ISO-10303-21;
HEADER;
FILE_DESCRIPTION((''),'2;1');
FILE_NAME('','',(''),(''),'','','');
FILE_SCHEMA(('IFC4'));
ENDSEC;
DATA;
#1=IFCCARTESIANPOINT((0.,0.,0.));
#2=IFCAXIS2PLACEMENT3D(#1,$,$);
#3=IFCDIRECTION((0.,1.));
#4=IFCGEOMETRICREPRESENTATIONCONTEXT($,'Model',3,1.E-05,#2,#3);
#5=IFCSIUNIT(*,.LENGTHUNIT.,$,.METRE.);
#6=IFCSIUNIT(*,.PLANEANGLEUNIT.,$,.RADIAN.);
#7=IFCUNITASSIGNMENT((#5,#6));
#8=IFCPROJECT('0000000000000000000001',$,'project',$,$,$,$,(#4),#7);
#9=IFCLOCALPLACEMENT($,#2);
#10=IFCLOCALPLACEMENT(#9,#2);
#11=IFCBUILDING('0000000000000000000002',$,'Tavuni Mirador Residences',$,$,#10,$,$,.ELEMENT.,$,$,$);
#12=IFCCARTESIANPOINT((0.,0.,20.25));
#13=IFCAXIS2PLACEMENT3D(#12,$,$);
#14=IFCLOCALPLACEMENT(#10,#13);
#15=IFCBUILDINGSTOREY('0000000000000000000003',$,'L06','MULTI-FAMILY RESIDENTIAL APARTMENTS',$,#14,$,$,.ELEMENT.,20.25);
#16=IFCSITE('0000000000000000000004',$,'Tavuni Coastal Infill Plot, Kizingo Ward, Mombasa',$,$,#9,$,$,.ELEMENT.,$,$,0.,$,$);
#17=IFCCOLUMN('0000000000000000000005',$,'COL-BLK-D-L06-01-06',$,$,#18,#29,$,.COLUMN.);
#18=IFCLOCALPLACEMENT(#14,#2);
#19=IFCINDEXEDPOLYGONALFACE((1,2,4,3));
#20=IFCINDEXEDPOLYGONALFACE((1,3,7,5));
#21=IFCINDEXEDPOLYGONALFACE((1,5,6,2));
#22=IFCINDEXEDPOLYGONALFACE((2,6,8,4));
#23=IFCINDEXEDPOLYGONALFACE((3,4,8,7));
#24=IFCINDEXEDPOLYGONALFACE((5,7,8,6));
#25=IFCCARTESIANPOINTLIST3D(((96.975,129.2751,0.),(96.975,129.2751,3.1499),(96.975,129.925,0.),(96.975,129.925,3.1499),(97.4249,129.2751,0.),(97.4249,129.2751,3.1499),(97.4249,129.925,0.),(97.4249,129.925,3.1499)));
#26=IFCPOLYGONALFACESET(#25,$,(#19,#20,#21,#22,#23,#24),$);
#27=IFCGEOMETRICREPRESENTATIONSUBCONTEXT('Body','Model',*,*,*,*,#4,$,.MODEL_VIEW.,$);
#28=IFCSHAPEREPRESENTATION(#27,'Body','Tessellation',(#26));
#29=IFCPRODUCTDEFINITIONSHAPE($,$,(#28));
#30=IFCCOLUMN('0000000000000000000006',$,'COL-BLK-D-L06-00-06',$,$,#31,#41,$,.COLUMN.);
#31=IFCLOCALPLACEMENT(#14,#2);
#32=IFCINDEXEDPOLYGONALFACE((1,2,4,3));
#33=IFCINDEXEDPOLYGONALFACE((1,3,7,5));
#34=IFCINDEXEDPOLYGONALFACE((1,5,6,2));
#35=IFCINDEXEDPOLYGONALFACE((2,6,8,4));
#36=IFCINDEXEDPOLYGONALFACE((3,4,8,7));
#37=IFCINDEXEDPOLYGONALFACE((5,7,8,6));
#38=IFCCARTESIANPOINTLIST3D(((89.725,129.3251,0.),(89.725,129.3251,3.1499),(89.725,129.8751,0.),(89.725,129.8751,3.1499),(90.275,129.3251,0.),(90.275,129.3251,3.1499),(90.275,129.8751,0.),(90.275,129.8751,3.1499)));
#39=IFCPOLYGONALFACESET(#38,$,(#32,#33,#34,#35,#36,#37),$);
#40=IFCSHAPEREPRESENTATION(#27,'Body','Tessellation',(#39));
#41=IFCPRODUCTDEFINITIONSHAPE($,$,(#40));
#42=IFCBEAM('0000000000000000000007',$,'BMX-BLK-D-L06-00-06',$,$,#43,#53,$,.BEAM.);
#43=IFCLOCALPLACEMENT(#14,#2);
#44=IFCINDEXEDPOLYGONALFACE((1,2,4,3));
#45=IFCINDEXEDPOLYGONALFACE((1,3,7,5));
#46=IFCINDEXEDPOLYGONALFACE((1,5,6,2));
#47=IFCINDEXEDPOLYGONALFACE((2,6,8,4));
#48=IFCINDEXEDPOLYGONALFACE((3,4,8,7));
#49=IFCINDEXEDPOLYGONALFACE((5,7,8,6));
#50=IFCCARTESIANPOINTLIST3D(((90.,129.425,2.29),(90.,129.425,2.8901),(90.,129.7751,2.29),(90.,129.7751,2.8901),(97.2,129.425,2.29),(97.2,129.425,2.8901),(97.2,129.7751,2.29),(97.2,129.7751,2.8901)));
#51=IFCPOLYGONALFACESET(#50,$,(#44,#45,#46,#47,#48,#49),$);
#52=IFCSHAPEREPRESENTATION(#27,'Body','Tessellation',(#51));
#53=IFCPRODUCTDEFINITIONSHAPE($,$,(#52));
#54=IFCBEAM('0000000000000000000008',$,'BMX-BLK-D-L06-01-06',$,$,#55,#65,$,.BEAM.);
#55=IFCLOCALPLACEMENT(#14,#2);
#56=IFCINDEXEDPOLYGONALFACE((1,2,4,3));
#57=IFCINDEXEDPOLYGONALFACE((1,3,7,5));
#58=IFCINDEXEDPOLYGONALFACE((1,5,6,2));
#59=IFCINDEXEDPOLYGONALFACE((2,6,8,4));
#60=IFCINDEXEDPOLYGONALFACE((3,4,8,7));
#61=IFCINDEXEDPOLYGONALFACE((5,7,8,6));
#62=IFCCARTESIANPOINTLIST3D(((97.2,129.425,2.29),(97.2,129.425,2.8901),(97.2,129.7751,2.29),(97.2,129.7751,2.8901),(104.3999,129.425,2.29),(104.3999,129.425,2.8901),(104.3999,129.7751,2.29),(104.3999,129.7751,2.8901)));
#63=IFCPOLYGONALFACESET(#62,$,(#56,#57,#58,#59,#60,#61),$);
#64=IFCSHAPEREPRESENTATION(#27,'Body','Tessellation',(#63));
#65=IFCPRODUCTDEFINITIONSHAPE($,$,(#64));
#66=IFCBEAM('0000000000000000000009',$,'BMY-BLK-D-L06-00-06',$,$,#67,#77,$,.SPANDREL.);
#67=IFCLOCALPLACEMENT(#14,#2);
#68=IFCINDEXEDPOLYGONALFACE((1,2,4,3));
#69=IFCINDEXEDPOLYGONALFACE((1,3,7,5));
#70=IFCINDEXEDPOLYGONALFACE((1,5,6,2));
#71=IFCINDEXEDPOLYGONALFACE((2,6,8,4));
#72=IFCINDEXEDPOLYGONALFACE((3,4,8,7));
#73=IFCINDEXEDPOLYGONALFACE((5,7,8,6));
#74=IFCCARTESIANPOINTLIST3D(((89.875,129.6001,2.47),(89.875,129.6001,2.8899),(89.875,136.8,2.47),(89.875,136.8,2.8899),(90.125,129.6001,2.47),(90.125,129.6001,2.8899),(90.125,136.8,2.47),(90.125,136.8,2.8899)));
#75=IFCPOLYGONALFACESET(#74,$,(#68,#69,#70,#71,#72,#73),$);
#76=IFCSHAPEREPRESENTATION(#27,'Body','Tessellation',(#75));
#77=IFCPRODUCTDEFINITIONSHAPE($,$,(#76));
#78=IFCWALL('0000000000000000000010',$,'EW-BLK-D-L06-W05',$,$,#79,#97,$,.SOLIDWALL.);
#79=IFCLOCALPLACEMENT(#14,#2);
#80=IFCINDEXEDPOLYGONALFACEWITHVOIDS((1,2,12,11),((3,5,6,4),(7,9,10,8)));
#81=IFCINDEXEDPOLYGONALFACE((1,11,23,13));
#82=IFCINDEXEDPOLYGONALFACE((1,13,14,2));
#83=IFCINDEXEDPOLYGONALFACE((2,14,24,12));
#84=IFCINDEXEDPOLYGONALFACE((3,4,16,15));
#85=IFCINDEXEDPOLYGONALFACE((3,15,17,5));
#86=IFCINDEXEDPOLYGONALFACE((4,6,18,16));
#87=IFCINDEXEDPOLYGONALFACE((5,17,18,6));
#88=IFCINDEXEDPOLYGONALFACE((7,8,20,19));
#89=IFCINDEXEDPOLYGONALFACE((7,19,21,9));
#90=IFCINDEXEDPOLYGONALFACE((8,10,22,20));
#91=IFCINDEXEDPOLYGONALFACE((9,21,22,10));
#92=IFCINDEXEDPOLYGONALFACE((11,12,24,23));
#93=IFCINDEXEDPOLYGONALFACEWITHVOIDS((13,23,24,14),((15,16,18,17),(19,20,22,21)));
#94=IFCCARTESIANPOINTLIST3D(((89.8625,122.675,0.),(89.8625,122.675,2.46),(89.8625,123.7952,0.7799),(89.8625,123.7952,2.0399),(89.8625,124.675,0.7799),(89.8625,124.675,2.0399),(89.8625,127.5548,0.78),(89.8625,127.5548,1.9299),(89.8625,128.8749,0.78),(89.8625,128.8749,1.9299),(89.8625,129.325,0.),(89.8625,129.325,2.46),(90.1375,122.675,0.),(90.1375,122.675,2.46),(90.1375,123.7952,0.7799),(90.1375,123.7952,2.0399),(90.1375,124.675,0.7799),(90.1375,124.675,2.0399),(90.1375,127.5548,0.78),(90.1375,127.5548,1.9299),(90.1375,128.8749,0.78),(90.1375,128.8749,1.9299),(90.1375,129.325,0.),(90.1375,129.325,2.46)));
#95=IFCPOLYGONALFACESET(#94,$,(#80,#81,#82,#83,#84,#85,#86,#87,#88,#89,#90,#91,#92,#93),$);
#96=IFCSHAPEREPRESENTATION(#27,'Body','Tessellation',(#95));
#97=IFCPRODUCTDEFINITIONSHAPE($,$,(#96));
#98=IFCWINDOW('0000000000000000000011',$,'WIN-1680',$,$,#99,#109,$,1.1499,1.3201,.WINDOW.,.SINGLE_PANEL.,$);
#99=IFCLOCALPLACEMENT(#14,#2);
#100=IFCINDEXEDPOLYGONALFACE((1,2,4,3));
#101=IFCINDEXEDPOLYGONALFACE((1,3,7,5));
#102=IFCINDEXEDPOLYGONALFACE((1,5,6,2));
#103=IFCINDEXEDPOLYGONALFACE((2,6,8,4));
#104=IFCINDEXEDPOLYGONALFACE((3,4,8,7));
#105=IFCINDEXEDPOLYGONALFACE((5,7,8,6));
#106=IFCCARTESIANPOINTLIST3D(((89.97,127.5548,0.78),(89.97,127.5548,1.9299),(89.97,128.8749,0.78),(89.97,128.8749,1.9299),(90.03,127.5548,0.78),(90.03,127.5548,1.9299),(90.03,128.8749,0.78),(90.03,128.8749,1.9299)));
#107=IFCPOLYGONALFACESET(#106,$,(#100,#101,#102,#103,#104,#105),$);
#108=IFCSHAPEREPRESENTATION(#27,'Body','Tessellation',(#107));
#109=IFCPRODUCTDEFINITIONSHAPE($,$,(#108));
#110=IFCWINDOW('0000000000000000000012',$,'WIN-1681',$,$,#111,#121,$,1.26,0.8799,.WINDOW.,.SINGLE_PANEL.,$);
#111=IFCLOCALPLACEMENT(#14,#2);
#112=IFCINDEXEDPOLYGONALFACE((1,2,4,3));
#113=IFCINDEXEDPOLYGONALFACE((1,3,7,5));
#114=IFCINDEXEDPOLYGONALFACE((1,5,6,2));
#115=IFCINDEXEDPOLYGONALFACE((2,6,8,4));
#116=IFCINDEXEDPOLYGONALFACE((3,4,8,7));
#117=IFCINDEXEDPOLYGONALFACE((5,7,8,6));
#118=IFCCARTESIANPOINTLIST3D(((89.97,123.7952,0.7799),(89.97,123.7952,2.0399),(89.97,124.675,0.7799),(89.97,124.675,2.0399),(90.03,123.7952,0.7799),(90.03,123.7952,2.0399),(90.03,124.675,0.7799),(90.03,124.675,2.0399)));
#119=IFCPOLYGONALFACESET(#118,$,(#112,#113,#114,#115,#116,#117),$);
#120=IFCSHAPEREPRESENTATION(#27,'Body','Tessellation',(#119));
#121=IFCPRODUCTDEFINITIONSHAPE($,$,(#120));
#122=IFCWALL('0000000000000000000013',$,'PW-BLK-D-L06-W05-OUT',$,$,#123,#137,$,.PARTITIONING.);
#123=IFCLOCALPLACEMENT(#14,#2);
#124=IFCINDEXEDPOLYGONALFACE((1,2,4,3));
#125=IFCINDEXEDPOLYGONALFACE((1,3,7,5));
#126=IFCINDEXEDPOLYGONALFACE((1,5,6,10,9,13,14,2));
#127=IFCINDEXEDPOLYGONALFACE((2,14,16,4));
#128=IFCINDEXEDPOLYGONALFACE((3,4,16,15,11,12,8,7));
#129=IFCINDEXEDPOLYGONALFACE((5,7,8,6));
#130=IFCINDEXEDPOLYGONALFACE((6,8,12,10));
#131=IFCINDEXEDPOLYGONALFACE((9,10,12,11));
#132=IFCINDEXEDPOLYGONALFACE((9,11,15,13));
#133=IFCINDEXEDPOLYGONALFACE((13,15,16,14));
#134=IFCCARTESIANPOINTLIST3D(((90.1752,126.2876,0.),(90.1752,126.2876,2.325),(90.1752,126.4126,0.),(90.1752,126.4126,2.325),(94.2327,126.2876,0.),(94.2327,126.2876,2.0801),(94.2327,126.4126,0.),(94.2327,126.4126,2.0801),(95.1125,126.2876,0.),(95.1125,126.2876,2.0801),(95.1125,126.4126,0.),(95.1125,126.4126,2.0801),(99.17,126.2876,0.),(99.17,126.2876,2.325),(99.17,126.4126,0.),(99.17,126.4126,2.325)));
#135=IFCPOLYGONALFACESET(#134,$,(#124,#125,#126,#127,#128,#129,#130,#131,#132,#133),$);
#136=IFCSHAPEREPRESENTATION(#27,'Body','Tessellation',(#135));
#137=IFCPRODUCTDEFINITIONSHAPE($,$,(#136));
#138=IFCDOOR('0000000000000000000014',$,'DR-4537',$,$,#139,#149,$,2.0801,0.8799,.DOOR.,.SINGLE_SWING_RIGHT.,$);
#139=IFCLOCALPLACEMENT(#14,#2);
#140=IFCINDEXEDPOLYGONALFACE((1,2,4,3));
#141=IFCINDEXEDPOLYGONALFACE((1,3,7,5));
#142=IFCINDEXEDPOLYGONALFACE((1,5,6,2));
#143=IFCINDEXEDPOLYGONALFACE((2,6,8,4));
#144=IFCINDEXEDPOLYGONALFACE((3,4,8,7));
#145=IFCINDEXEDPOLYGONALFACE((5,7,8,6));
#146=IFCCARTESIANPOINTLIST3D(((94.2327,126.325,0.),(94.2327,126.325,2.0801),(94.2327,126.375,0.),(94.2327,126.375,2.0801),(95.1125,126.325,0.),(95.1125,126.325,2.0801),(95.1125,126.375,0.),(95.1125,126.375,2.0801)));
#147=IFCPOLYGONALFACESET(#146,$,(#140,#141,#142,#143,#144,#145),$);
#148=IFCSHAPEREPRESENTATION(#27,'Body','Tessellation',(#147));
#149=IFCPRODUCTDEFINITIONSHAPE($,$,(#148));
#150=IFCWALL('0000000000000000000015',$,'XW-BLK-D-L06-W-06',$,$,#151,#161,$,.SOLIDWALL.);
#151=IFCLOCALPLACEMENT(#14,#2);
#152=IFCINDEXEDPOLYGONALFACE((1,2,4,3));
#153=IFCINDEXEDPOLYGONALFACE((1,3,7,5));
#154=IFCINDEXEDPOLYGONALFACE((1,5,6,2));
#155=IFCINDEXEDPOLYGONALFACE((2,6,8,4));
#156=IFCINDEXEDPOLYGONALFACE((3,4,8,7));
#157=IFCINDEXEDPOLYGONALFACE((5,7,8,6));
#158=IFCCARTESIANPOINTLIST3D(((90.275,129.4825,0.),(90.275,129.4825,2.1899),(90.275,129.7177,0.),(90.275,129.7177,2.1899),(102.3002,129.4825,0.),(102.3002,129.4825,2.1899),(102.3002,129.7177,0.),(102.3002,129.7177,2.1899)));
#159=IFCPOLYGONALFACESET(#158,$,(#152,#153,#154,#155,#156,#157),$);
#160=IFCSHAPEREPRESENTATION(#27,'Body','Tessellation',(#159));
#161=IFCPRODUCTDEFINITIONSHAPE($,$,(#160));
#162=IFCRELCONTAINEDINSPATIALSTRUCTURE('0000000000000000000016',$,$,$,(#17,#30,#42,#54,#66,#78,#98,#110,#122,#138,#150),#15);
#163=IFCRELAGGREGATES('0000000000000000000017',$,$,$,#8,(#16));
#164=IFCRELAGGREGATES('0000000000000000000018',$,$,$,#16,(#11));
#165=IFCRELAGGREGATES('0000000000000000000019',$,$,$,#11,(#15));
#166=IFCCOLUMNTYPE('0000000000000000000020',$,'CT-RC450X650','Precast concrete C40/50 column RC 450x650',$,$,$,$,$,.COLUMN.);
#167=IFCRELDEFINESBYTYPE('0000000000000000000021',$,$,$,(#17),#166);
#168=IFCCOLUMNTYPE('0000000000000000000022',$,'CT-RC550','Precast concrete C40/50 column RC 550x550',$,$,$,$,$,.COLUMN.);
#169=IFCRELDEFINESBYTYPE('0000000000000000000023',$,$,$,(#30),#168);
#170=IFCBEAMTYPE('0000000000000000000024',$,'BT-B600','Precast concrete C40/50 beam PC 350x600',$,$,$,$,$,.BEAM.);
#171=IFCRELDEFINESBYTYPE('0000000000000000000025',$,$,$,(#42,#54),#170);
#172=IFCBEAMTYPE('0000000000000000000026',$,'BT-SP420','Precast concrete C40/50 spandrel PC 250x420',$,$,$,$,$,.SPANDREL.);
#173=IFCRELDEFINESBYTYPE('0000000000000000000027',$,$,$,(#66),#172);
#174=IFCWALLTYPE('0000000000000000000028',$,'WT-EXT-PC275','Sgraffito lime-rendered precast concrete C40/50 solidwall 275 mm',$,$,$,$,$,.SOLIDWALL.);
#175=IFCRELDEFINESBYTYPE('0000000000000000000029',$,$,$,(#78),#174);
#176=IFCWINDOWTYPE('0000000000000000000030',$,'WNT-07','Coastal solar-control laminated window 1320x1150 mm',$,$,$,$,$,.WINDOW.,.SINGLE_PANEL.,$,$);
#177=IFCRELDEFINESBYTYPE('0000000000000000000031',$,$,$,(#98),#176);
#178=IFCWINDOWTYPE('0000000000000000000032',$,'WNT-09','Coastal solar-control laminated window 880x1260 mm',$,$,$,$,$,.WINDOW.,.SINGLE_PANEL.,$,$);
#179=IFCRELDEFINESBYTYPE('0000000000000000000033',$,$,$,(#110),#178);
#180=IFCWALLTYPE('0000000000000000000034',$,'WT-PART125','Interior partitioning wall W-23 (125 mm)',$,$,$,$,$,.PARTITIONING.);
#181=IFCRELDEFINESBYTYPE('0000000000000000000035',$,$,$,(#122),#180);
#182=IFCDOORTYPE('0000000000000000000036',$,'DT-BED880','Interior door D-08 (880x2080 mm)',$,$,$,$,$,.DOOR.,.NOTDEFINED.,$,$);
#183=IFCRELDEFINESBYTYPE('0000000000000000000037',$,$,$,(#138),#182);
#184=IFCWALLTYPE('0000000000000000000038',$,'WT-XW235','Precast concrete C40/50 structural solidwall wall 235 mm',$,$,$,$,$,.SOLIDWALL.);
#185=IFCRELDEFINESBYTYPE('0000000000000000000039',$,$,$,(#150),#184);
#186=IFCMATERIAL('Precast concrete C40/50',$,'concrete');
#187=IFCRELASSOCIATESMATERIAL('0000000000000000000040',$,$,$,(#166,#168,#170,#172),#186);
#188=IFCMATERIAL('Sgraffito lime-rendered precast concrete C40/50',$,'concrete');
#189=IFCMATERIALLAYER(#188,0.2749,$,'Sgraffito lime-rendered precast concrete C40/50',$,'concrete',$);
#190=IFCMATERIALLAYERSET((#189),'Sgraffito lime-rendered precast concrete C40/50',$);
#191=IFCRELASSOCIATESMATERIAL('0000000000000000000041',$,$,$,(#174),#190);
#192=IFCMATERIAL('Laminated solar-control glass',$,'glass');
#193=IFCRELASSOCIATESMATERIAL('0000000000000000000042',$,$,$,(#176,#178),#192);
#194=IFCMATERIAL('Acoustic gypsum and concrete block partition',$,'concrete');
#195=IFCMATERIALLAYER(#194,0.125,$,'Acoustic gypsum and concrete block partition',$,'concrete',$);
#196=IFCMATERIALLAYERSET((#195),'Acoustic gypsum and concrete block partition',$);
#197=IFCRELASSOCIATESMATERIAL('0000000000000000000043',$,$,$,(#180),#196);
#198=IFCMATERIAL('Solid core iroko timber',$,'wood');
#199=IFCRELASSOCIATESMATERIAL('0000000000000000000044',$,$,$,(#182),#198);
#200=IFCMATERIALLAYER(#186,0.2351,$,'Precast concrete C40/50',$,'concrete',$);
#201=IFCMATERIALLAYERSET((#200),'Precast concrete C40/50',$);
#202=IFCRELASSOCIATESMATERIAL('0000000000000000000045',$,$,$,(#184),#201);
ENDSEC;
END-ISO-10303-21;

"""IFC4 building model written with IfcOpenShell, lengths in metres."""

from ifc_helpers import new_model, si_unit, direction, frame, frame_2d, origin, origin_2d, place, context, subcontext, project, spatial, rectangle, extrude, material, layer, layer_set, material_profile, profile_set, type_object, element, fill, save


model = new_model("IFC4")

# Units and contexts
model_context = context("Model", 3, precision=1e-05, world=origin(), true_north=direction((0.0, 1.0)))
body_context = subcontext(model_context, "Body", "Model", "MODEL_VIEW")
ifc_project = project(units=[si_unit("LENGTHUNIT", "METRE"), si_unit("PLANEANGLEUNIT", "RADIAN")], contexts=[model_context])

# Site, building, storey
site_placement = place(None, origin())
site = spatial("IfcSite", under=ifc_project, at=site_placement, Name="Tavuni Coastal Infill Plot, Kizingo Ward, Mombasa", CompositionType="ELEMENT", RefElevation=0.0)
building_placement = place(site_placement, origin())
building = spatial("IfcBuilding", under=site, at=building_placement, Name="Tavuni Mirador Residences", CompositionType="ELEMENT")
storey_placement = place(building_placement, frame((0.0, 0.0, 20.25)))
storey = spatial("IfcBuildingStorey", under=building, at=storey_placement, Name="L06", Description="MULTI-FAMILY RESIDENTIAL APARTMENTS", CompositionType="ELEMENT", Elevation=20.25)

# Columns
ifc_material_1 = material(Name="Precast concrete C40/50", Category="concrete")
ifc_material_profile_1 = material_profile(ifc_material_1, rectangle(XDim=0.45, YDim=0.6499, at=origin_2d()), Name="RC 450x650", Category="concrete")
ifc_profile_set_1 = profile_set([ifc_material_profile_1], Name="Precast concrete C40/50")
column_type_1 = type_object("IfcColumnType", Name="CT-RC450X650", Description="Precast concrete C40/50 column RC 450x650", PredefinedType="COLUMN", material=ifc_profile_set_1)
column_1_placement = place(storey_placement, frame((97.2, 129.6001, 0.0), z_axis=(0.0, 0.0, 1.0), x_axis=(1.0, 0.0, 0.0)))
element("IfcColumn", 1, at=column_1_placement, inside=storey, type_object=column_type_1, Name="COL-BLK-D-L06-01-06", PredefinedType="COLUMN", context=body_context, shape_type="SweptSolid", body=[
    extrude(rectangle(XDim=0.45, YDim=0.6499, at=origin_2d()), origin(), (0.0, 0.0, 1.0), 3.1499),
])
ifc_material_profile_2 = material_profile(ifc_material_1, rectangle(XDim=0.55, YDim=0.55, at=origin_2d()), Name="RC 550x550", Category="concrete")
ifc_profile_set_2 = profile_set([ifc_material_profile_2], Name="Precast concrete C40/50")
column_type_2 = type_object("IfcColumnType", Name="CT-RC550", Description="Precast concrete C40/50 column RC 550x550", PredefinedType="COLUMN", material=ifc_profile_set_2)
column_2_placement = place(storey_placement, frame((90.0, 129.6001, 0.0), z_axis=(0.0, 0.0, 1.0), x_axis=(1.0, 0.0, 0.0)))
element("IfcColumn", 2, at=column_2_placement, inside=storey, type_object=column_type_2, Name="COL-BLK-D-L06-00-06", PredefinedType="COLUMN", context=body_context, shape_type="SweptSolid", body=[
    extrude(rectangle(XDim=0.55, YDim=0.55, at=origin_2d()), origin(), (0.0, 0.0, 1.0), 3.1499),
])

# Beams
ifc_material_profile_3 = material_profile(ifc_material_1, rectangle(XDim=0.3501, YDim=0.6001, at=origin_2d()), Name="PC 350x600", Category="concrete")
ifc_profile_set_3 = profile_set([ifc_material_profile_3], Name="Precast concrete C40/50")
beam_type_1 = type_object("IfcBeamType", Name="BT-B600", Description="Precast concrete C40/50 beam PC 350x600", PredefinedType="BEAM", material=ifc_profile_set_3)
for number, where, z_axis, x_axis, name in (
    (3, (90.0, 129.6001, 2.5901), (1.0, 0.0, 0.0), (0.0, 1.0, 0.0), "BMX-BLK-D-L06-00-06"),
    (4, (97.2, 129.6001, 2.5901), (1.0, 0.0, 0.0), (0.0, 1.0, 0.0), "BMX-BLK-D-L06-01-06"),
):
    element("IfcBeam", number, at=place(storey_placement, frame(where, z_axis=z_axis, x_axis=x_axis)), inside=storey, type_object=beam_type_1, Name=name, PredefinedType="BEAM", context=body_context, shape_type="SweptSolid", body=[
        extrude(rectangle(XDim=0.3501, YDim=0.6001, at=origin_2d()), origin(), (0.0, 0.0, 1.0), 7.2),
    ])
ifc_material_profile_4 = material_profile(ifc_material_1, rectangle(XDim=0.25, YDim=0.4199, at=origin_2d()), Name="PC 250x420", Category="concrete")
ifc_profile_set_4 = profile_set([ifc_material_profile_4], Name="Precast concrete C40/50")
beam_type_2 = type_object("IfcBeamType", Name="BT-SP420", Description="Precast concrete C40/50 spandrel PC 250x420", PredefinedType="SPANDREL", material=ifc_profile_set_4)
beam_placement = place(storey_placement, frame((90.0, 129.6001, 2.6799), z_axis=(0.0, 1.0, 0.0), x_axis=(-1.0, 0.0, 0.0)))
element("IfcBeam", 5, at=beam_placement, inside=storey, type_object=beam_type_2, Name="BMY-BLK-D-L06-00-06", PredefinedType="SPANDREL", context=body_context, shape_type="SweptSolid", body=[
    extrude(rectangle(XDim=0.25, YDim=0.4199, at=origin_2d()), origin(), (0.0, 0.0, 1.0), 7.2),
])

# Wall, openings, windows
ifc_material_2 = material(Name="Sgraffito lime-rendered precast concrete C40/50", Category="concrete")
ifc_layer_1 = layer(ifc_material_2, 0.2749, Name="Sgraffito lime-rendered precast concrete C40/50", Category="concrete")
ifc_layer_set_1 = layer_set([ifc_layer_1], Name="Sgraffito lime-rendered precast concrete C40/50")
wall_type_1 = type_object("IfcWallType", Name="WT-EXT-PC275", Description="Sgraffito lime-rendered precast concrete C40/50 solidwall 275 mm", PredefinedType="SOLIDWALL", material=ifc_layer_set_1)
wall_1_placement = place(storey_placement, frame((90.0, 129.325, 0.0), z_axis=(0.0, 0.0, 1.0), x_axis=(0.0, -1.0, 0.0)))
wall_1 = element("IfcWall", 6, at=wall_1_placement, inside=storey, type_object=wall_type_1, Name="EW-BLK-D-L06-W05", PredefinedType="SOLIDWALL", context=body_context, shape_type="SweptSolid", body=[
    extrude(rectangle(XDim=6.6499, YDim=0.2749, at=frame_2d((3.325, 0.0))), origin(), (0.0, 0.0, 1.0), 2.46),
])
opening_1_placement = place(wall_1_placement, frame((0.45, 0.0, 0.78)))
opening_1 = element("IfcOpeningElement", 7, at=opening_1_placement, cuts=wall_1, PredefinedType="OPENING", context=body_context, shape_type="SweptSolid", body=[
    extrude(rectangle(XDim=1.3201, YDim=1.1499, at=frame_2d((0.6602, 0.575))), frame((0.0, 0.1475, 0.0), z_axis=(0.0, -1.0, 0.0), x_axis=(1.0, 0.0, 0.0)), (0.0, 0.0, 1.0), 0.2949),
])
opening_2_placement = place(wall_1_placement, frame((4.6499, 0.0, 0.78)))
opening_2 = element("IfcOpeningElement", 8, at=opening_2_placement, cuts=wall_1, PredefinedType="OPENING", context=body_context, shape_type="SweptSolid", body=[
    extrude(rectangle(XDim=0.8799, YDim=1.26, at=frame_2d((0.4399, 0.6299))), frame((0.0, 0.1475, 0.0), z_axis=(0.0, -1.0, 0.0), x_axis=(1.0, 0.0, 0.0)), (0.0, 0.0, 1.0), 0.2949),
])
ifc_material_3 = material(Name="Laminated solar-control glass", Category="glass")
window_type_1 = type_object("IfcWindowType", Name="WNT-07", Description="Coastal solar-control laminated window 1320x1150 mm", PartitioningType="SINGLE_PANEL", PredefinedType="WINDOW", material=ifc_material_3)
window_1_placement = place(opening_1_placement, origin())
window_1 = element("IfcWindow", 9, at=window_1_placement, inside=storey, type_object=window_type_1, Name="WIN-1680", OverallHeight=1.1499, OverallWidth=1.3201, PartitioningType="SINGLE_PANEL", PredefinedType="WINDOW", context=body_context, shape_type="SweptSolid", body=[
    extrude(rectangle(XDim=1.3201, YDim=1.1499, at=frame_2d((0.6602, 0.575))), frame((0.0, 0.03, 0.0), z_axis=(0.0, -1.0, 0.0), x_axis=(1.0, 0.0, 0.0)), (0.0, 0.0, 1.0), 0.0601),
])
fill(opening_1, window_1)
window_type_2 = type_object("IfcWindowType", Name="WNT-09", Description="Coastal solar-control laminated window 880x1260 mm", PartitioningType="SINGLE_PANEL", PredefinedType="WINDOW", material=ifc_material_3)
window_2_placement = place(opening_2_placement, origin())
window_2 = element("IfcWindow", 10, at=window_2_placement, inside=storey, type_object=window_type_2, Name="WIN-1681", OverallHeight=1.26, OverallWidth=0.8799, PartitioningType="SINGLE_PANEL", PredefinedType="WINDOW", context=body_context, shape_type="SweptSolid", body=[
    extrude(rectangle(XDim=0.8799, YDim=1.26, at=frame_2d((0.4399, 0.6299))), frame((0.0, 0.03, 0.0), z_axis=(0.0, -1.0, 0.0), x_axis=(1.0, 0.0, 0.0)), (0.0, 0.0, 1.0), 0.0601),
])
fill(opening_2, window_2)

# Wall, opening, door
ifc_material_4 = material(Name="Acoustic gypsum and concrete block partition", Category="concrete")
ifc_layer_2 = layer(ifc_material_4, 0.125, Name="Acoustic gypsum and concrete block partition", Category="concrete")
ifc_layer_set_2 = layer_set([ifc_layer_2], Name="Acoustic gypsum and concrete block partition")
wall_type_2 = type_object("IfcWallType", Name="WT-PART125", Description="Interior partitioning wall W-23 (125 mm)", PredefinedType="PARTITIONING", material=ifc_layer_set_2)
wall_2_placement = place(storey_placement, frame((90.175, 126.3501, 0.0), z_axis=(0.0, 0.0, 1.0), x_axis=(1.0, 0.0, 0.0)))
wall_2 = element("IfcWall", 11, at=wall_2_placement, inside=storey, type_object=wall_type_2, Name="PW-BLK-D-L06-W05-OUT", PredefinedType="PARTITIONING", context=body_context, shape_type="SweptSolid", body=[
    extrude(rectangle(XDim=8.9949, YDim=0.125, at=frame_2d((4.4976, 0.0))), origin(), (0.0, 0.0, 1.0), 2.325),
])
opening_3_placement = place(wall_2_placement, frame((4.0576, 0.0, 0.0)))
opening_3 = element("IfcOpeningElement", 12, at=opening_3_placement, cuts=wall_2, PredefinedType="OPENING", context=body_context, shape_type="SweptSolid", body=[
    extrude(rectangle(XDim=0.8799, YDim=2.0801, at=frame_2d((0.4399, 1.04))), frame((0.0, 0.0725, 0.0), z_axis=(0.0, -1.0, 0.0), x_axis=(1.0, 0.0, 0.0)), (0.0, 0.0, 1.0), 0.145),
])
ifc_material_5 = material(Name="Solid core iroko timber", Category="wood")
door_type = type_object("IfcDoorType", Name="DT-BED880", Description="Interior door D-08 (880x2080 mm)", OperationType="NOTDEFINED", PredefinedType="DOOR", material=ifc_material_5)
door_placement = place(opening_3_placement, origin())
door = element("IfcDoor", 13, at=door_placement, inside=storey, type_object=door_type, Name="DR-4537", OperationType="SINGLE_SWING_RIGHT", OverallHeight=2.0801, OverallWidth=0.8799, PredefinedType="DOOR", context=body_context, shape_type="SweptSolid", body=[
    extrude(rectangle(XDim=0.8799, YDim=2.0801, at=frame_2d((0.4399, 1.04))), frame((0.0, 0.0249, 0.0), z_axis=(0.0, -1.0, 0.0), x_axis=(1.0, 0.0, 0.0)), (0.0, 0.0, 1.0), 0.05),
])
fill(opening_3, door)

# Wall
ifc_layer_3 = layer(ifc_material_1, 0.2351, Name="Precast concrete C40/50", Category="concrete")
ifc_layer_set_3 = layer_set([ifc_layer_3], Name="Precast concrete C40/50")
wall_type_3 = type_object("IfcWallType", Name="WT-XW235", Description="Precast concrete C40/50 structural solidwall wall 235 mm", PredefinedType="SOLIDWALL", material=ifc_layer_set_3)
wall_3_placement = place(storey_placement, frame((90.2749, 129.6001, 0.0), z_axis=(0.0, 0.0, 1.0), x_axis=(1.0, 0.0, 0.0)))
element("IfcWall", 14, at=wall_3_placement, inside=storey, type_object=wall_type_3, Name="XW-BLK-D-L06-W-06", PredefinedType="SOLIDWALL", context=body_context, shape_type="SweptSolid", body=[
    extrude(rectangle(XDim=12.0251, YDim=0.2351, at=frame_2d((6.0127, 0.0))), origin(), (0.0, 0.0, 1.0), 2.1899),
])

save(model, "model.ifc")
